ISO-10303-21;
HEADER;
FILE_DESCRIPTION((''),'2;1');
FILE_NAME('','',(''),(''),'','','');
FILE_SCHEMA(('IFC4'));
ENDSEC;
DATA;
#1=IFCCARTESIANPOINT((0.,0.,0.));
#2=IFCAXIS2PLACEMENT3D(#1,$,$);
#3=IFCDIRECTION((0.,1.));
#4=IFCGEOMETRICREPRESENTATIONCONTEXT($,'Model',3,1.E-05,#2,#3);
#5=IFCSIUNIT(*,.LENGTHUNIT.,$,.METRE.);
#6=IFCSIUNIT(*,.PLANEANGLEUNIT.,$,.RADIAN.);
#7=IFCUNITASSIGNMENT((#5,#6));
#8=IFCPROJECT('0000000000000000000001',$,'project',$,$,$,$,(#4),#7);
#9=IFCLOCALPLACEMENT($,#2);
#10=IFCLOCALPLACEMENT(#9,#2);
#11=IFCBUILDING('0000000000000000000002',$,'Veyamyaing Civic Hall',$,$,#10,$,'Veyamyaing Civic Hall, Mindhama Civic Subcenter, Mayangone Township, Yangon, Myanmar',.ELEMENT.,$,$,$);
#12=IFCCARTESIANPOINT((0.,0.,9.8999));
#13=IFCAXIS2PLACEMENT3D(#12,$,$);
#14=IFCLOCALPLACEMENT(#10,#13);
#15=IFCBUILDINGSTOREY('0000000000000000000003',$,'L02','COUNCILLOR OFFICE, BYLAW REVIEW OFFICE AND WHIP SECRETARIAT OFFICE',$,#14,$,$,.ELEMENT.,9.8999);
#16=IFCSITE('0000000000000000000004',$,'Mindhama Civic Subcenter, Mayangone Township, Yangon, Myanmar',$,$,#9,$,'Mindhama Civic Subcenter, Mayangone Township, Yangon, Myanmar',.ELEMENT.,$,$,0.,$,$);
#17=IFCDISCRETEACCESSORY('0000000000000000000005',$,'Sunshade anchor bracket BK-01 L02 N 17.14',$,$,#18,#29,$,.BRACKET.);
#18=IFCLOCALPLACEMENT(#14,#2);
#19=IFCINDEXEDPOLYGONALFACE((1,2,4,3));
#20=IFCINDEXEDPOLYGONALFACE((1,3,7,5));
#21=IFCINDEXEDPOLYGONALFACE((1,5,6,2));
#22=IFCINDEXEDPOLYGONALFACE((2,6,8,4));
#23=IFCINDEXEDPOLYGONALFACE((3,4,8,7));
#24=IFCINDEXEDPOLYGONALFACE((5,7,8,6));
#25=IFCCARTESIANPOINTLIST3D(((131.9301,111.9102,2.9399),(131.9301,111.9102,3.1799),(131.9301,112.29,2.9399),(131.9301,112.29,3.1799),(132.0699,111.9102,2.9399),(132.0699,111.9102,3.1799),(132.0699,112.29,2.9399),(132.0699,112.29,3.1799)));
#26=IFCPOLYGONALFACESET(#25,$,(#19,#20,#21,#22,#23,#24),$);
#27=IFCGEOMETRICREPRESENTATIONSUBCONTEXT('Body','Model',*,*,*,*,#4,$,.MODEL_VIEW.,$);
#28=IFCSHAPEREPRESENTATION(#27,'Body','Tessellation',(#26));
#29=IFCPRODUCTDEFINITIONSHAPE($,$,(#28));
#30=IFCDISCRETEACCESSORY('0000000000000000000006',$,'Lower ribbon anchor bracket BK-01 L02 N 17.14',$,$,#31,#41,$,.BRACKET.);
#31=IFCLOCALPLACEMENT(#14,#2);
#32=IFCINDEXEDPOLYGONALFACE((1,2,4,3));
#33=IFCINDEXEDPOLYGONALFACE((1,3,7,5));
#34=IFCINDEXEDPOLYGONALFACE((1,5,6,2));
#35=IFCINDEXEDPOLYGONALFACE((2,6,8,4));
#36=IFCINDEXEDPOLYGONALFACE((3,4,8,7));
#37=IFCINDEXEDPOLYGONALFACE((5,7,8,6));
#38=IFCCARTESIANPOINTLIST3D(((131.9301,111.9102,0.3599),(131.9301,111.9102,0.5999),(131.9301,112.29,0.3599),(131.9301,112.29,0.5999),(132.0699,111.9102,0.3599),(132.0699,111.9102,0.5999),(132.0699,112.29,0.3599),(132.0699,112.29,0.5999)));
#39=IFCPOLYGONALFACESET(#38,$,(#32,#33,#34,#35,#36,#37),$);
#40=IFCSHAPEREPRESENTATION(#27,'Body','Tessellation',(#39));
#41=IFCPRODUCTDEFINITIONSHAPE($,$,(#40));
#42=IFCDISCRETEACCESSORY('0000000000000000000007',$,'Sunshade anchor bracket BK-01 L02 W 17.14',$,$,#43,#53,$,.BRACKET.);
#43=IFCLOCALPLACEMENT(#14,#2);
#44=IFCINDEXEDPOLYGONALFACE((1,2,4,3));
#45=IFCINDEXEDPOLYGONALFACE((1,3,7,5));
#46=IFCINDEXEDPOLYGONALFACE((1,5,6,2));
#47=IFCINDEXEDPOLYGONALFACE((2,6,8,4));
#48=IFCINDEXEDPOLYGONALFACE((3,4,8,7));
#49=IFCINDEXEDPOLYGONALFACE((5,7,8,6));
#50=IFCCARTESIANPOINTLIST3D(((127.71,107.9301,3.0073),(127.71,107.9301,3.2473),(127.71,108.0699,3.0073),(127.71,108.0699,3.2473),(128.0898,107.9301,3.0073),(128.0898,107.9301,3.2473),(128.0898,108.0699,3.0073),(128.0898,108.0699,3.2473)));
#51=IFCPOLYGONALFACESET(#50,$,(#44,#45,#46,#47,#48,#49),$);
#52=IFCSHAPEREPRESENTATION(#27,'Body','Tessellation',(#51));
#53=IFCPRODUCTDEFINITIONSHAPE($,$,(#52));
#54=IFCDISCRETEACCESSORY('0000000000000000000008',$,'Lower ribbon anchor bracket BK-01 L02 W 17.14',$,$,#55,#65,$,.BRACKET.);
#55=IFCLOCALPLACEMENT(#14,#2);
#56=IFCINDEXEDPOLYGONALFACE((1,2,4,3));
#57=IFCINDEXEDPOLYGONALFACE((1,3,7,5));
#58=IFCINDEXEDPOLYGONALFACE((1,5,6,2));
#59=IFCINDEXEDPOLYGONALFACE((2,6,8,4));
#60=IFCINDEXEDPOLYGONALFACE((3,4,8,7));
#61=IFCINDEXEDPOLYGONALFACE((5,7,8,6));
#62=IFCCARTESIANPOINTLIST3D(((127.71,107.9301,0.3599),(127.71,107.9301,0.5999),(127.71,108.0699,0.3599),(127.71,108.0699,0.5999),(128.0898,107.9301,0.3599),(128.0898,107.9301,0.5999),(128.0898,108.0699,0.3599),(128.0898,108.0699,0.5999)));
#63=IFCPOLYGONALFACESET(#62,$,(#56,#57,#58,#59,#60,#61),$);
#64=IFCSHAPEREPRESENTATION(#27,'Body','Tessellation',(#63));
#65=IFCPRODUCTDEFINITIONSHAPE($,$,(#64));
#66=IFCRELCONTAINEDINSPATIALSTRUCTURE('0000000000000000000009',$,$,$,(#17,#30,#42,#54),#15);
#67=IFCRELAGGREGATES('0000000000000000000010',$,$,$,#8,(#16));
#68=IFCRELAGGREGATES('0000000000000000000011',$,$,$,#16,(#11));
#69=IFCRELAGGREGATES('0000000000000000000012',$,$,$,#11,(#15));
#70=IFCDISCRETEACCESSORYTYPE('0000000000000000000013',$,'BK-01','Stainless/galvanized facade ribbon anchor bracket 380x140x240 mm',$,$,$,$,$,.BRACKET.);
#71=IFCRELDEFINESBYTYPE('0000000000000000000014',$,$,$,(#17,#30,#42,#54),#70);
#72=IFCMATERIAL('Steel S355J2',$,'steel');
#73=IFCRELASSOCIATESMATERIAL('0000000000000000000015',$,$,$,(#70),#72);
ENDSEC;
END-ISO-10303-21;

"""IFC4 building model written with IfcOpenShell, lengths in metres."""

from ifc_helpers import new_model, si_unit, direction, frame, origin, origin_2d, place, context, subcontext, project, spatial, rectangle, extrude, material, type_object, element, save


model = new_model("IFC4")

# Units and contexts
model_context = context("Model", 3, precision=1e-05, world=origin(), true_north=direction((0.0, 1.0)))
body_context = subcontext(model_context, "Body", "Model", "MODEL_VIEW")
ifc_project = project(units=[si_unit("LENGTHUNIT", "METRE"), si_unit("PLANEANGLEUNIT", "RADIAN")], contexts=[model_context])

# Site, building, storey
site_placement = place(None, origin())
site = spatial("IfcSite", under=ifc_project, at=site_placement, Name="Mindhama Civic Subcenter, Mayangone Township, Yangon, Myanmar", LongName="Mindhama Civic Subcenter, Mayangone Township, Yangon, Myanmar", CompositionType="ELEMENT", RefElevation=0.0)
building_placement = place(site_placement, origin())
building = spatial("IfcBuilding", under=site, at=building_placement, Name="Veyamyaing Civic Hall", LongName="Veyamyaing Civic Hall, Mindhama Civic Subcenter, Mayangone Township, Yangon, Myanmar", CompositionType="ELEMENT")
storey_placement = place(building_placement, frame((0.0, 0.0, 9.8999)))
storey = spatial("IfcBuildingStorey", under=building, at=storey_placement, Name="L02", Description="COUNCILLOR OFFICE, BYLAW REVIEW OFFICE AND WHIP SECRETARIAT OFFICE", CompositionType="ELEMENT", Elevation=9.8999)

# Discrete accessories
ifc_material_1 = material(Name="Steel S355J2", Category="steel")
discrete_accessory_type = type_object("IfcDiscreteAccessoryType", Name="BK-01", Description="Stainless/galvanized facade ribbon anchor bracket 380x140x240 mm", PredefinedType="BRACKET", material=ifc_material_1)
for number, where, z_axis, x_axis, name in (
    (1, (132.0, 112.1001, 2.9399), (0.0, 0.0, 1.0), (0.0, 1.0, 0.0), "Sunshade anchor bracket BK-01 L02 N 17.14"),
    (2, (132.0, 112.1001, 0.3599), (0.0, 0.0, 1.0), (0.0, 1.0, 0.0), "Lower ribbon anchor bracket BK-01 L02 N 17.14"),
    (3, (127.8999, 108.0, 3.0073), (0.0, 0.0, 1.0), (-1.0, 0.0, 0.0), "Sunshade anchor bracket BK-01 L02 W 17.14"),
    (4, (127.8999, 108.0, 0.3599), (0.0, 0.0, 1.0), (-1.0, 0.0, 0.0), "Lower ribbon anchor bracket BK-01 L02 W 17.14"),
):
    element("IfcDiscreteAccessory", number, at=place(storey_placement, frame(where, z_axis=z_axis, x_axis=x_axis)), inside=storey, type_object=discrete_accessory_type, Name=name, PredefinedType="BRACKET", context=body_context, shape_type="SweptSolid", body=[
        extrude(rectangle(XDim=0.3799, YDim=0.1399, at=origin_2d()), origin(), (0.0, 0.0, 1.0), 0.24),
    ])

save(model, "model.ifc")
